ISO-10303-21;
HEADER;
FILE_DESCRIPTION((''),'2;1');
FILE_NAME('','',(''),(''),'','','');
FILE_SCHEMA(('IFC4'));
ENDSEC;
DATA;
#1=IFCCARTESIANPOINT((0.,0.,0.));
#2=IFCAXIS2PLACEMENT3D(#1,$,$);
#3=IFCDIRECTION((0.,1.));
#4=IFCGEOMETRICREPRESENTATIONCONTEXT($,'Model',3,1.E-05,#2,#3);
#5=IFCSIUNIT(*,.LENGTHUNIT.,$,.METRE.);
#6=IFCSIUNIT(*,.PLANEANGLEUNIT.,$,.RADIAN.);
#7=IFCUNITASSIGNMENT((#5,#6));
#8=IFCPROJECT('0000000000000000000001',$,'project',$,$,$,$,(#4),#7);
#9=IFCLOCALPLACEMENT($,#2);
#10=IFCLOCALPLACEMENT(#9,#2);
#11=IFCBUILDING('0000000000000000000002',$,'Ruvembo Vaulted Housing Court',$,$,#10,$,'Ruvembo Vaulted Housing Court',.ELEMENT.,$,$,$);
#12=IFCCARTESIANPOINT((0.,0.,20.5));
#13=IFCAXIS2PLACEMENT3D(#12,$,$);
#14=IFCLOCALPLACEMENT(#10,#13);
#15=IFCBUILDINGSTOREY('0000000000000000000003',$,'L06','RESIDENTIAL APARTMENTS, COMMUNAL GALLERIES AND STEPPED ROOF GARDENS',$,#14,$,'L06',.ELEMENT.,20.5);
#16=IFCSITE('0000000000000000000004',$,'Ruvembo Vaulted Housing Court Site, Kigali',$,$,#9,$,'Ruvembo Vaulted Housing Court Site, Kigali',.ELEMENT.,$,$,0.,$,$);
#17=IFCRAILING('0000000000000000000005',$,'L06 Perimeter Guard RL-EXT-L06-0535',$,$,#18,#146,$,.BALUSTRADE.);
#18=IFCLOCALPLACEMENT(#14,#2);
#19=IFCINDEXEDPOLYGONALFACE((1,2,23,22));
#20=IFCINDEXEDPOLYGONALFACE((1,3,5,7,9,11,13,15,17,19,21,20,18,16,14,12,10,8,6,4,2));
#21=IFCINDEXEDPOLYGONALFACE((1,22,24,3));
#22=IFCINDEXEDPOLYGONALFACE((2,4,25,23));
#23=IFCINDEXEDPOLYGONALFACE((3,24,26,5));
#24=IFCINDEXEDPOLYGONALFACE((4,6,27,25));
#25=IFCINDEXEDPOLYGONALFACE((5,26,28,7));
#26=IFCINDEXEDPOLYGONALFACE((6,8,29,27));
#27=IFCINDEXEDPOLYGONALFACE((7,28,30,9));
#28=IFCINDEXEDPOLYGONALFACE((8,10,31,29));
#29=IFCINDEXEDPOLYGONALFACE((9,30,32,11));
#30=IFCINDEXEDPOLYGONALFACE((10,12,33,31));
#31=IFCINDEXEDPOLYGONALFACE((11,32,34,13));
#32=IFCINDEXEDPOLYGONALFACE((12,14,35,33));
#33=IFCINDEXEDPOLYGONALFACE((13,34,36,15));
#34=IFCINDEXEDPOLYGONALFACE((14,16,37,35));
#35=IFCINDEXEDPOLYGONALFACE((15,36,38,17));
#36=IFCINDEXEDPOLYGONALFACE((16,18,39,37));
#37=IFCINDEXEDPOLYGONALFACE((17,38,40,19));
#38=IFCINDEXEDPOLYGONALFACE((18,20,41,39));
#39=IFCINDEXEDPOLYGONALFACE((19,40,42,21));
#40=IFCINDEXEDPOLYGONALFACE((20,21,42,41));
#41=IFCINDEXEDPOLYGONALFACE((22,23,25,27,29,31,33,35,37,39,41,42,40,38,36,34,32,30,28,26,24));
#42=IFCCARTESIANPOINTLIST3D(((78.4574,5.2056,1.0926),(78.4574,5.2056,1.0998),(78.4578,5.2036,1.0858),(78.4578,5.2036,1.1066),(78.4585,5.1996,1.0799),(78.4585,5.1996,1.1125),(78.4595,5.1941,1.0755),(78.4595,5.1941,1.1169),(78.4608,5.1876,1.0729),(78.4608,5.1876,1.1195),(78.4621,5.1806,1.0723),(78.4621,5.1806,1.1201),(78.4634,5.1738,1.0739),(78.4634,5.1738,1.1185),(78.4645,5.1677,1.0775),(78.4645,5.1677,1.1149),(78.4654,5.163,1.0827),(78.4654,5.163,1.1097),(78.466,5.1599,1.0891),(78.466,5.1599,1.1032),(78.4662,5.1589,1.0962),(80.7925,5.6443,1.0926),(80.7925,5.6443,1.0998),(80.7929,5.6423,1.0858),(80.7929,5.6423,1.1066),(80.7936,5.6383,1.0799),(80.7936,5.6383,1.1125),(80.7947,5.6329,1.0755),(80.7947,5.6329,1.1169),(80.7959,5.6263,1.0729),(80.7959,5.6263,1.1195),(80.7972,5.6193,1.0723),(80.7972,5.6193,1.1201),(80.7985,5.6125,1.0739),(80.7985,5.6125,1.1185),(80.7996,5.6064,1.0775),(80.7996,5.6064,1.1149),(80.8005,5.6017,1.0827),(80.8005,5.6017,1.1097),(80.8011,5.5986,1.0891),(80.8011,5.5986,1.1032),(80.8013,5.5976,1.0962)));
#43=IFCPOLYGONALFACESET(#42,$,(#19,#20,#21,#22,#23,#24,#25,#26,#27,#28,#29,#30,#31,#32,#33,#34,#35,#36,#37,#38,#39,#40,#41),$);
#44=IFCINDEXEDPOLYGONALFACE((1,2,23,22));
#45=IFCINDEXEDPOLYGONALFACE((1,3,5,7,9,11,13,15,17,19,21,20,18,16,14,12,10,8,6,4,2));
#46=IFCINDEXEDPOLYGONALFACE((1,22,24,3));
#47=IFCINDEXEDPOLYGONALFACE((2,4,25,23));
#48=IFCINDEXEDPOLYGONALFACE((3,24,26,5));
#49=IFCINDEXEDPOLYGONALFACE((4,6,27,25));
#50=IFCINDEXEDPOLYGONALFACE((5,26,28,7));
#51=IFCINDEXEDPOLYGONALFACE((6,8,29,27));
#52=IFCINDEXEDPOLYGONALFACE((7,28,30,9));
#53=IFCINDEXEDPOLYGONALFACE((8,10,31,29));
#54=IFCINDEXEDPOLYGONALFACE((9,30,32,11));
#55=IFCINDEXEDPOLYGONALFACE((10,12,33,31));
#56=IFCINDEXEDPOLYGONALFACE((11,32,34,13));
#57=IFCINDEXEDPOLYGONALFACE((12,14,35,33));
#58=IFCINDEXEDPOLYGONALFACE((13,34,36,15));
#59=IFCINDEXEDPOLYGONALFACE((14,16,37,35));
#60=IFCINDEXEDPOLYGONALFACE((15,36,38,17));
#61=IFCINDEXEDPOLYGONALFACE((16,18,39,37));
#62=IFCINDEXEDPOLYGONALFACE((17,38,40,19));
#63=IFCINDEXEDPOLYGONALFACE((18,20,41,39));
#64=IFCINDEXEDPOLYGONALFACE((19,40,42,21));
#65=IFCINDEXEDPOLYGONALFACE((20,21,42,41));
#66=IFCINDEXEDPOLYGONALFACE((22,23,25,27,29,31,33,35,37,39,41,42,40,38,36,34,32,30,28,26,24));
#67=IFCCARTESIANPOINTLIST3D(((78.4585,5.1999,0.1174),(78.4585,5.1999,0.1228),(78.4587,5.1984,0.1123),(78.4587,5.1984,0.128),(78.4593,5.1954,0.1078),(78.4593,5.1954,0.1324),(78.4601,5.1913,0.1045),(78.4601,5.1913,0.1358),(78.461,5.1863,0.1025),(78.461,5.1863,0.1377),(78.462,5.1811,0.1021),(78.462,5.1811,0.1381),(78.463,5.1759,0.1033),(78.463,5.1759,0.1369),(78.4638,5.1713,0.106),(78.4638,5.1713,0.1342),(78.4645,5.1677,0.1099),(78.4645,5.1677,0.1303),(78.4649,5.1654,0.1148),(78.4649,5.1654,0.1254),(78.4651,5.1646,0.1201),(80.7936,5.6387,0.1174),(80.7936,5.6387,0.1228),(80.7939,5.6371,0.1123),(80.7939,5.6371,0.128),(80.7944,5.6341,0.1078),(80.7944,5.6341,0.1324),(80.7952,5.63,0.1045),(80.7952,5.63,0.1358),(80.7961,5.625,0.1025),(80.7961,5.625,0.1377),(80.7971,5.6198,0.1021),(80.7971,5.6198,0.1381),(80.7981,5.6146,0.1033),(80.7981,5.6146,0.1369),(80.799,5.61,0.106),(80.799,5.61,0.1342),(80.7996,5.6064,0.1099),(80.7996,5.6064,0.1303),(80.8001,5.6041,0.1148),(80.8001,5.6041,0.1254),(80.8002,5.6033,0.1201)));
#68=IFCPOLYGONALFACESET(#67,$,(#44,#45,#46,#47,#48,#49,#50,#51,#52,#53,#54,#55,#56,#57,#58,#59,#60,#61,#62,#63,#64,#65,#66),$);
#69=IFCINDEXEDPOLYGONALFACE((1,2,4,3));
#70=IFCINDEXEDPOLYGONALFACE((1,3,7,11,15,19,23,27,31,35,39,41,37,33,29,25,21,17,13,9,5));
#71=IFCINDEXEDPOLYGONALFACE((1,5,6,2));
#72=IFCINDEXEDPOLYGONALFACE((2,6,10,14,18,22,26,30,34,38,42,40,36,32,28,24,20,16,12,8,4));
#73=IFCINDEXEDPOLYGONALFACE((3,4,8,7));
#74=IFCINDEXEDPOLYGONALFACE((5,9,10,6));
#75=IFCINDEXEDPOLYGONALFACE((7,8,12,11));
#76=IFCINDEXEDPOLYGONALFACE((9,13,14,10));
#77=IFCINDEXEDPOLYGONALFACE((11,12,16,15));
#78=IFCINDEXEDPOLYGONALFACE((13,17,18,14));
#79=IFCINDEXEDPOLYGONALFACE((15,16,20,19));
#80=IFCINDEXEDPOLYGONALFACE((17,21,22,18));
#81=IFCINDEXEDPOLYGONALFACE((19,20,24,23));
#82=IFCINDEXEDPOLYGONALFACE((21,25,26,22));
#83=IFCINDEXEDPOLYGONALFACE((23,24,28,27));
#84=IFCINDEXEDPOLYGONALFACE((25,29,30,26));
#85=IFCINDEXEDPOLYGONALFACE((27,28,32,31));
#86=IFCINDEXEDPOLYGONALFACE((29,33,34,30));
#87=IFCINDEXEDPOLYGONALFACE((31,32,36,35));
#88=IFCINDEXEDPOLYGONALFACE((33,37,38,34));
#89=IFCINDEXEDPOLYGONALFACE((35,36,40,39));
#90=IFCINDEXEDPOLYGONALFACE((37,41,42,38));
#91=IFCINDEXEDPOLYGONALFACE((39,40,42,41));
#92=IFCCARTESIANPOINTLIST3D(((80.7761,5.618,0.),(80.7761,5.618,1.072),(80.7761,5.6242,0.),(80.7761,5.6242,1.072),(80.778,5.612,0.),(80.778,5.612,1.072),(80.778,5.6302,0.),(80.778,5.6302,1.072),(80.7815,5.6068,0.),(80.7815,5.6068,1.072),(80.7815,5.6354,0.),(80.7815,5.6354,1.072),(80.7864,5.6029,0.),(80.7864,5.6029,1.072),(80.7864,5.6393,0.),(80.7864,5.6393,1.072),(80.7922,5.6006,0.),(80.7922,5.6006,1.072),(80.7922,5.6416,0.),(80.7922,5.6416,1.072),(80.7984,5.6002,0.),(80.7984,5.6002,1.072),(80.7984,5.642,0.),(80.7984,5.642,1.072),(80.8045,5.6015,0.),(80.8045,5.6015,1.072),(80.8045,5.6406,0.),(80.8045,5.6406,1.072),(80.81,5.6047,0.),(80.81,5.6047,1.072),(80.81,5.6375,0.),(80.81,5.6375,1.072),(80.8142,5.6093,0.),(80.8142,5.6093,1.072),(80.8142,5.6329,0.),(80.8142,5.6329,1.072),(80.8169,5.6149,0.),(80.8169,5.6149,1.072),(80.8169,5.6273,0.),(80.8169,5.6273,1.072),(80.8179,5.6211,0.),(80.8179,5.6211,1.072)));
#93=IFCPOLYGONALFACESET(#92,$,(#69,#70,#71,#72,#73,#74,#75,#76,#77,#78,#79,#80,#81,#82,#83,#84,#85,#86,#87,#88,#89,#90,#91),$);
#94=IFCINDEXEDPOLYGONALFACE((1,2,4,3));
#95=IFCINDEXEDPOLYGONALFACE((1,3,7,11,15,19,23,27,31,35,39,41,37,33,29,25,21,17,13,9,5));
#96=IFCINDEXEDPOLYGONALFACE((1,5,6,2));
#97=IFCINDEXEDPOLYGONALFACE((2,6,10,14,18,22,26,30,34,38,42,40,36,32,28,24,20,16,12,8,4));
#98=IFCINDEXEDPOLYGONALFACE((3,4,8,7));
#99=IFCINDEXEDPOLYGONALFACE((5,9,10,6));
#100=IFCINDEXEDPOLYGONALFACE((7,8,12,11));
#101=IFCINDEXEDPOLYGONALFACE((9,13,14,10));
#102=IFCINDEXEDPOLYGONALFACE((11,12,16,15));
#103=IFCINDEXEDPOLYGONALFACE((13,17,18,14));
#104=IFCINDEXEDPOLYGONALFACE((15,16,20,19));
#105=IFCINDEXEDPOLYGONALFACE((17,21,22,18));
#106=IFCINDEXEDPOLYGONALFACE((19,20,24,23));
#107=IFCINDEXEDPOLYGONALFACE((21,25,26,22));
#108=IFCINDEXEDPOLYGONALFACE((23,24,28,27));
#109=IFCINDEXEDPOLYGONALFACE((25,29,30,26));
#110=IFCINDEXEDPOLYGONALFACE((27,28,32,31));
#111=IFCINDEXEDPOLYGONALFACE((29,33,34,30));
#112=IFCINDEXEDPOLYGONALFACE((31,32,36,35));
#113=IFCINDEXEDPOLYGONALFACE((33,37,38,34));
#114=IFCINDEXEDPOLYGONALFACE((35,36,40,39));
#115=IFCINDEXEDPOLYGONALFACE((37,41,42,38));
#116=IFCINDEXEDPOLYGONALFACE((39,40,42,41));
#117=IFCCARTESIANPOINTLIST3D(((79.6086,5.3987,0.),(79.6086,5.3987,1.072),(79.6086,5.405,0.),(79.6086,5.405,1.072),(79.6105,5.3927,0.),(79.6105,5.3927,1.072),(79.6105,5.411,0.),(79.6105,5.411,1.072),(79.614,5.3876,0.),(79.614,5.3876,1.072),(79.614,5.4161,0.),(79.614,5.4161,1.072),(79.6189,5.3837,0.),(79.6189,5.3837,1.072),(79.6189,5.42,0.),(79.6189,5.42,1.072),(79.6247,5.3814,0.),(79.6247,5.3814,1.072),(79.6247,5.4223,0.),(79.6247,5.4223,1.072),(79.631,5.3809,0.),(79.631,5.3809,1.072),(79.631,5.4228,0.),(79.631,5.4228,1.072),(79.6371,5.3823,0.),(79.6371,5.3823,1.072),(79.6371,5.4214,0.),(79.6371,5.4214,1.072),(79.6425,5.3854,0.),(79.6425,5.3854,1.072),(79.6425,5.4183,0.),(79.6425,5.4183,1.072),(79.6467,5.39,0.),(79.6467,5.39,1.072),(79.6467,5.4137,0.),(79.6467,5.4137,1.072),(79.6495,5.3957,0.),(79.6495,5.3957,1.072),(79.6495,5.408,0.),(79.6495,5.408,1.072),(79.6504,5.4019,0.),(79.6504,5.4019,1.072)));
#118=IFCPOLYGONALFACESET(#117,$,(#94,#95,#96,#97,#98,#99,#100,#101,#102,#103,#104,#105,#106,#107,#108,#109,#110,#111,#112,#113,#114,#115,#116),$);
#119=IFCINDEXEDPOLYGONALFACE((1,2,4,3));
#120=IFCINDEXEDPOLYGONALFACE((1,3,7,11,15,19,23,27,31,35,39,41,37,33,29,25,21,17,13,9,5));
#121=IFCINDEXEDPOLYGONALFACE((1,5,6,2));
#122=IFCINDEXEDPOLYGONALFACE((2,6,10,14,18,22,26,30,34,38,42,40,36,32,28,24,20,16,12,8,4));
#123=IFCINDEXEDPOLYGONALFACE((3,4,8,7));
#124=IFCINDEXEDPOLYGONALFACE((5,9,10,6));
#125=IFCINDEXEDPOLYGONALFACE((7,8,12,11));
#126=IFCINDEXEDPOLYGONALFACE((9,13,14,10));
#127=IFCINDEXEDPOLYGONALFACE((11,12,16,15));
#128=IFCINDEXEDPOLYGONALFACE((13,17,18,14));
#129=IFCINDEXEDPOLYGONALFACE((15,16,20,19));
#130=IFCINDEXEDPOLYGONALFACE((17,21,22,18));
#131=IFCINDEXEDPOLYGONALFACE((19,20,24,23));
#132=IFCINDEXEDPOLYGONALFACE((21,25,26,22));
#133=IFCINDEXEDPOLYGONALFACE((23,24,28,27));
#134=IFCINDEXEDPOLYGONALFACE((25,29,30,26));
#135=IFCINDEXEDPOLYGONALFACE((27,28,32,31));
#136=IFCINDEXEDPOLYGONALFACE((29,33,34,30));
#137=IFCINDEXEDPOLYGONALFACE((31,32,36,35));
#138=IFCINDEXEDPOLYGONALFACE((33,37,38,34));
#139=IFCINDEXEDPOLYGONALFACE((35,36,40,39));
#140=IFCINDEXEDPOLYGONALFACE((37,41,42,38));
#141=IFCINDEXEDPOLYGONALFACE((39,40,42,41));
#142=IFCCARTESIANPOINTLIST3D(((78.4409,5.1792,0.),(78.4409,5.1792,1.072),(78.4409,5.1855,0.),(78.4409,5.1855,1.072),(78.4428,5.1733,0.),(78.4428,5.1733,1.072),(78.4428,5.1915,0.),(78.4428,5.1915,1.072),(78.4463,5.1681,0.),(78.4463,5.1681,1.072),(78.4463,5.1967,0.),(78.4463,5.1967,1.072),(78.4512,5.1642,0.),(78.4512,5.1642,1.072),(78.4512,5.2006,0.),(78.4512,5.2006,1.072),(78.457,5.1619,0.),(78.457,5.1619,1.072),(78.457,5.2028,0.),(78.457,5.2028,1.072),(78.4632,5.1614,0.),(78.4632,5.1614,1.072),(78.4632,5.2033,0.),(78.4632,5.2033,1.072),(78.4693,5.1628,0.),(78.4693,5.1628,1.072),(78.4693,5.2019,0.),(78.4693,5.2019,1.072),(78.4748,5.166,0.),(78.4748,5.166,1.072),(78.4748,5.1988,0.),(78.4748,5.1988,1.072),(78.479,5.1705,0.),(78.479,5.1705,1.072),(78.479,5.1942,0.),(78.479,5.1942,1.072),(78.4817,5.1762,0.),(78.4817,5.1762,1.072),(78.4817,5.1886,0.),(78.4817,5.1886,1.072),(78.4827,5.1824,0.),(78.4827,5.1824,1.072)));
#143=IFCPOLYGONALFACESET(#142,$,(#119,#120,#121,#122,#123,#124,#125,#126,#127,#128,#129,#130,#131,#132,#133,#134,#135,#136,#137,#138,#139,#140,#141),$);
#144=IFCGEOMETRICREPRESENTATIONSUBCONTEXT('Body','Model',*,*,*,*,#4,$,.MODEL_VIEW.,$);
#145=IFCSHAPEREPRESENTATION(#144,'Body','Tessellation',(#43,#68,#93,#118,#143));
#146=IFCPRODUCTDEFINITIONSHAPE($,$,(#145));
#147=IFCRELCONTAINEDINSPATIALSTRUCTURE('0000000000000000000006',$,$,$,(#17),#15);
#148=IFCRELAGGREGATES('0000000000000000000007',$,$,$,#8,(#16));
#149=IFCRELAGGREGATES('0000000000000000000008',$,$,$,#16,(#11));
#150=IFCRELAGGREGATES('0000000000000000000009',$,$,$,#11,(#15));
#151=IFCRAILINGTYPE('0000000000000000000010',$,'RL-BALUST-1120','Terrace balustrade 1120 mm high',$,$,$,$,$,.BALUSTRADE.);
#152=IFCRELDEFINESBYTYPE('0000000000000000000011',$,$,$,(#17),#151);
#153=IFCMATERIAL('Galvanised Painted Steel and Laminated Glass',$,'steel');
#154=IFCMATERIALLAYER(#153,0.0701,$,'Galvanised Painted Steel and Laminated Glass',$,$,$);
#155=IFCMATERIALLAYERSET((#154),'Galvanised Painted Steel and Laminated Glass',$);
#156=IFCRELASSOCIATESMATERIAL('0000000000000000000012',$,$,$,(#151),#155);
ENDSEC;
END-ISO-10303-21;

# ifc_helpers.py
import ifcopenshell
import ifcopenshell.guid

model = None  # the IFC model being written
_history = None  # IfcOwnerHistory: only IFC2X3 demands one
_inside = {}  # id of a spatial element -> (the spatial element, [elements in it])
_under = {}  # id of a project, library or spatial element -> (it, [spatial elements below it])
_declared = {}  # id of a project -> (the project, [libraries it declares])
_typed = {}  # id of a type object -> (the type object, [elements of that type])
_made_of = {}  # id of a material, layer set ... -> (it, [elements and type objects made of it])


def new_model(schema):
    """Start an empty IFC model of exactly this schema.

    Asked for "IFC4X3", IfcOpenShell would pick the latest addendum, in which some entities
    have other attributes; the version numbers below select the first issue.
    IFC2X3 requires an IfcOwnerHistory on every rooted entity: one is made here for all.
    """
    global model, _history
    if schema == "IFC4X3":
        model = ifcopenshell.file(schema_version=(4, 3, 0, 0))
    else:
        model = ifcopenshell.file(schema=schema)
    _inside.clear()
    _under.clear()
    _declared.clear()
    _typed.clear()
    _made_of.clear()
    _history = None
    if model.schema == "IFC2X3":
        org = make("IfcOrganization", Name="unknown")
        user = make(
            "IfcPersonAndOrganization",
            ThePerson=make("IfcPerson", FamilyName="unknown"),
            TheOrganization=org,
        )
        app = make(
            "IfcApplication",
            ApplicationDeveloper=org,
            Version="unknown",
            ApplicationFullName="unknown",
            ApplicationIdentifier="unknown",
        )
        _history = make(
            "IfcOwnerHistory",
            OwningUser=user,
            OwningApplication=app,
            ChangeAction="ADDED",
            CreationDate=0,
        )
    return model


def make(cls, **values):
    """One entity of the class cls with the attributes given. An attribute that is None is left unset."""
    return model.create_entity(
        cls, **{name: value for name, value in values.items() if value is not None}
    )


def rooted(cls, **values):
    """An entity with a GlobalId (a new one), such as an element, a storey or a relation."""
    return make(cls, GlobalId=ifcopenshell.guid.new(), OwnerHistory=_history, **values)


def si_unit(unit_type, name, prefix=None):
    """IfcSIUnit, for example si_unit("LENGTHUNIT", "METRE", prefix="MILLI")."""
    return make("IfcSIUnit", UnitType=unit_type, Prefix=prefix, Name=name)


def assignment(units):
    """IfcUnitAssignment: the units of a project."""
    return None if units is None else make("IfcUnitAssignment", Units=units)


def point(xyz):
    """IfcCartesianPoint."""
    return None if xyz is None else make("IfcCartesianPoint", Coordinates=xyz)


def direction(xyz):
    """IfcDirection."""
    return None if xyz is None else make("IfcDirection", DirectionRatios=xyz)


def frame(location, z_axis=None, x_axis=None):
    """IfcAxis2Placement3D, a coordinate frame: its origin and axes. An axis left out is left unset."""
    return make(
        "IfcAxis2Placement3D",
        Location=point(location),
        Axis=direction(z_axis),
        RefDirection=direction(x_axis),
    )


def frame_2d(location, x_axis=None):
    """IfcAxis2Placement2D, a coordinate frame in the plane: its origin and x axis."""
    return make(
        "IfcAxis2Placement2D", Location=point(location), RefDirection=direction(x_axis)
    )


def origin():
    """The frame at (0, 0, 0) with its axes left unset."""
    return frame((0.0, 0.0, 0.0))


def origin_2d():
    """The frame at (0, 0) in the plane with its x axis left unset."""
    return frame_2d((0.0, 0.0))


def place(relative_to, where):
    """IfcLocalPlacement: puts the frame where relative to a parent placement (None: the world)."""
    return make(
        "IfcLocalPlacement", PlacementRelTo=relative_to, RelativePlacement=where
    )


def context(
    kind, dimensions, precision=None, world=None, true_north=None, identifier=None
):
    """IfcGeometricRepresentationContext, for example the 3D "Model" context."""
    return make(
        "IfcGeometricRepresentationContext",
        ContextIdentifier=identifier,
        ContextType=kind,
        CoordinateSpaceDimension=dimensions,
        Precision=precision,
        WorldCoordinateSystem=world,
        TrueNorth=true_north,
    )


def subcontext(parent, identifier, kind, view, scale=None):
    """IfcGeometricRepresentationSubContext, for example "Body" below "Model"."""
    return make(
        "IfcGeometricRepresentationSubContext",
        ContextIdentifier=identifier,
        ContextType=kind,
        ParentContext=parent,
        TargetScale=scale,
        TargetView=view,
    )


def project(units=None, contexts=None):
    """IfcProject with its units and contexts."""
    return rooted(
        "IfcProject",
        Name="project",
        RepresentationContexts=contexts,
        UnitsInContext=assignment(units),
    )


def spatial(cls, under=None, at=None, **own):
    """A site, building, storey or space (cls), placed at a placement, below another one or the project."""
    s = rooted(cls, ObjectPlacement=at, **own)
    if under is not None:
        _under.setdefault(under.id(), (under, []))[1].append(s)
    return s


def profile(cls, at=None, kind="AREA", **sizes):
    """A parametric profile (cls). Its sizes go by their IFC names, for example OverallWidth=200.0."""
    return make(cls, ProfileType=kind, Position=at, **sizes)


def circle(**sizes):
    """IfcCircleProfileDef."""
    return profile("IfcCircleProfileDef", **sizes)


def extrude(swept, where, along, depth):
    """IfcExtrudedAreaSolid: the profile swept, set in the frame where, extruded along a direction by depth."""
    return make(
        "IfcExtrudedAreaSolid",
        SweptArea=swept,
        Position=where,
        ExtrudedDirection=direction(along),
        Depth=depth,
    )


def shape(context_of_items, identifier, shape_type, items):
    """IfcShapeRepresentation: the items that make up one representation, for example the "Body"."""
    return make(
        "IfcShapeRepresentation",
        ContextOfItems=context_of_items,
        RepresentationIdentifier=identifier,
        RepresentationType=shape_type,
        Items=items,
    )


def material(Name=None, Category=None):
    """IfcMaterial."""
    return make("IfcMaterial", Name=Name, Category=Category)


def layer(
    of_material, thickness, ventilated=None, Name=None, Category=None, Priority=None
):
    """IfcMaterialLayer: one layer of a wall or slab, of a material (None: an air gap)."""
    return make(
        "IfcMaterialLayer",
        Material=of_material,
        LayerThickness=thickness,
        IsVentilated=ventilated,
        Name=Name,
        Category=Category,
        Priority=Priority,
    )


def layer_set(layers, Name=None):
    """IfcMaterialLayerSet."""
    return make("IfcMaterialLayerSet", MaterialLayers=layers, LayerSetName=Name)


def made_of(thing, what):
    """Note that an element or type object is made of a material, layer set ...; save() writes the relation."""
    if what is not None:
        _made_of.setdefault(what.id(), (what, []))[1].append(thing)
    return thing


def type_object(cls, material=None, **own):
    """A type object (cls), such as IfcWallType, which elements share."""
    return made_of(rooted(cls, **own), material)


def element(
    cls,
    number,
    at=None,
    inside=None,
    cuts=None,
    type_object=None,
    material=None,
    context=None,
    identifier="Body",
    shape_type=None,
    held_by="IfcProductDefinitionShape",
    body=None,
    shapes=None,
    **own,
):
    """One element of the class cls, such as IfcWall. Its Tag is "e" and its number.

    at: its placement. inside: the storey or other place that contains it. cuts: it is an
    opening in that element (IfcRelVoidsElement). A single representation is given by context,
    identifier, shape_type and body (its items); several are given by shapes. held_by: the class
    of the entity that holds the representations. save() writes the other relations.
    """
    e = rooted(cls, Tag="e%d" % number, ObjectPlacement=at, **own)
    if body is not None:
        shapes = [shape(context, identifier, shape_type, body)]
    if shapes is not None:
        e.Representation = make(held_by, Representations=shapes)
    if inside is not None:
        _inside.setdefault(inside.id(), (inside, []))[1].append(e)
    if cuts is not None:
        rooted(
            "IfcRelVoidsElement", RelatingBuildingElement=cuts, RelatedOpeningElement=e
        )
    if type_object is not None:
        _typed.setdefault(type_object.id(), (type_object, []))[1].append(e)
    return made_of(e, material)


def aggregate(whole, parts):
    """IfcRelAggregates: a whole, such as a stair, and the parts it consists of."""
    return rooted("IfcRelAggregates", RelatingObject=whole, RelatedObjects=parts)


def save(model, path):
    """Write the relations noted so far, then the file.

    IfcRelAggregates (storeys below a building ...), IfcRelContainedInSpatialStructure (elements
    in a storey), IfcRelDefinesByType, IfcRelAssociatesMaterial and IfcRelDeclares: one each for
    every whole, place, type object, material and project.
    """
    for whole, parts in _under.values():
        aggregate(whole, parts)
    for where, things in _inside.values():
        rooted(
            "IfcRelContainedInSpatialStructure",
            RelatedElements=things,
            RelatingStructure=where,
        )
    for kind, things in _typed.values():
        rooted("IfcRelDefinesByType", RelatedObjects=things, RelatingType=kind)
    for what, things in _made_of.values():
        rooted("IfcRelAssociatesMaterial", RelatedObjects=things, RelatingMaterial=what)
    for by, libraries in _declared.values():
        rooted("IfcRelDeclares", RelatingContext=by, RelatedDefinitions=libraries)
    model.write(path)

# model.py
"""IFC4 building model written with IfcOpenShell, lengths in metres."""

from ifc_helpers import new_model, si_unit, direction, frame, origin, origin_2d, place, context, subcontext, project, spatial, circle, extrude, material, layer, layer_set, type_object, element, save


model = new_model("IFC4")

# Units and contexts
model_context = context("Model", 3, precision=1e-05, world=origin(), true_north=direction((0.0, 1.0)))
body_context = subcontext(model_context, "Body", "Model", "MODEL_VIEW")
ifc_project = project(units=[si_unit("LENGTHUNIT", "METRE"), si_unit("PLANEANGLEUNIT", "RADIAN")], contexts=[model_context])

# Site, building, storey
site_placement = place(None, origin())
site = spatial("IfcSite", under=ifc_project, at=site_placement, Name="Ruvembo Vaulted Housing Court Site, Kigali", LongName="Ruvembo Vaulted Housing Court Site, Kigali", CompositionType="ELEMENT", RefElevation=0.0)
building_placement = place(site_placement, origin())
building = spatial("IfcBuilding", under=site, at=building_placement, Name="Ruvembo Vaulted Housing Court", LongName="Ruvembo Vaulted Housing Court", CompositionType="ELEMENT")
storey_placement = place(building_placement, frame((0.0, 0.0, 20.5)))
storey = spatial("IfcBuildingStorey", under=building, at=storey_placement, Name="L06", Description="RESIDENTIAL APARTMENTS, COMMUNAL GALLERIES AND STEPPED ROOF GARDENS", LongName="L06", CompositionType="ELEMENT", Elevation=20.5)

# Railing
ifc_material_1 = material(Name="Galvanised Painted Steel and Laminated Glass", Category="steel")
ifc_layer_1 = layer(ifc_material_1, 0.0701, Name="Galvanised Painted Steel and Laminated Glass")
ifc_layer_set_1 = layer_set([ifc_layer_1], Name="Galvanised Painted Steel and Laminated Glass")
railing_type = type_object("IfcRailingType", Name="RL-BALUST-1120", Description="Terrace balustrade 1120 mm high", PredefinedType="BALUSTRADE", material=ifc_layer_set_1)
railing_1_placement = place(storey_placement, frame((80.7969, 5.6211, 0.0)))
element("IfcRailing", 1, at=railing_1_placement, inside=storey, type_object=railing_type, Name="L06 Perimeter Guard RL-EXT-L06-0535", PredefinedType="BALUSTRADE", context=body_context, shape_type="SweptSolid", body=[
    extrude(circle(Radius=0.0239, at=origin_2d()), frame((0.0, 0.0, 1.0962), z_axis=(-0.982806, -0.184642, 0.0), x_axis=(0.184642, -0.982806, 0.0)), (0.0, 0.0, 1.0), 2.376),
    extrude(circle(Radius=0.0181, at=origin_2d()), frame((0.0, 0.0, 0.1201), z_axis=(-0.982806, -0.184642, 0.0), x_axis=(0.184642, -0.982806, 0.0)), (0.0, 0.0, 1.0), 2.376),
    extrude(circle(Radius=0.021, at=origin_2d()), origin(), (0.0, 0.0, 1.0), 1.072),
    extrude(circle(Radius=0.021, at=origin_2d()), frame((-1.1675, -0.2192, 0.0)), (0.0, 0.0, 1.0), 1.072),
    extrude(circle(Radius=0.021, at=origin_2d()), frame((-2.3352, -0.4387, 0.0)), (0.0, 0.0, 1.0), 1.072),
])

save(model, "model.ifc")
